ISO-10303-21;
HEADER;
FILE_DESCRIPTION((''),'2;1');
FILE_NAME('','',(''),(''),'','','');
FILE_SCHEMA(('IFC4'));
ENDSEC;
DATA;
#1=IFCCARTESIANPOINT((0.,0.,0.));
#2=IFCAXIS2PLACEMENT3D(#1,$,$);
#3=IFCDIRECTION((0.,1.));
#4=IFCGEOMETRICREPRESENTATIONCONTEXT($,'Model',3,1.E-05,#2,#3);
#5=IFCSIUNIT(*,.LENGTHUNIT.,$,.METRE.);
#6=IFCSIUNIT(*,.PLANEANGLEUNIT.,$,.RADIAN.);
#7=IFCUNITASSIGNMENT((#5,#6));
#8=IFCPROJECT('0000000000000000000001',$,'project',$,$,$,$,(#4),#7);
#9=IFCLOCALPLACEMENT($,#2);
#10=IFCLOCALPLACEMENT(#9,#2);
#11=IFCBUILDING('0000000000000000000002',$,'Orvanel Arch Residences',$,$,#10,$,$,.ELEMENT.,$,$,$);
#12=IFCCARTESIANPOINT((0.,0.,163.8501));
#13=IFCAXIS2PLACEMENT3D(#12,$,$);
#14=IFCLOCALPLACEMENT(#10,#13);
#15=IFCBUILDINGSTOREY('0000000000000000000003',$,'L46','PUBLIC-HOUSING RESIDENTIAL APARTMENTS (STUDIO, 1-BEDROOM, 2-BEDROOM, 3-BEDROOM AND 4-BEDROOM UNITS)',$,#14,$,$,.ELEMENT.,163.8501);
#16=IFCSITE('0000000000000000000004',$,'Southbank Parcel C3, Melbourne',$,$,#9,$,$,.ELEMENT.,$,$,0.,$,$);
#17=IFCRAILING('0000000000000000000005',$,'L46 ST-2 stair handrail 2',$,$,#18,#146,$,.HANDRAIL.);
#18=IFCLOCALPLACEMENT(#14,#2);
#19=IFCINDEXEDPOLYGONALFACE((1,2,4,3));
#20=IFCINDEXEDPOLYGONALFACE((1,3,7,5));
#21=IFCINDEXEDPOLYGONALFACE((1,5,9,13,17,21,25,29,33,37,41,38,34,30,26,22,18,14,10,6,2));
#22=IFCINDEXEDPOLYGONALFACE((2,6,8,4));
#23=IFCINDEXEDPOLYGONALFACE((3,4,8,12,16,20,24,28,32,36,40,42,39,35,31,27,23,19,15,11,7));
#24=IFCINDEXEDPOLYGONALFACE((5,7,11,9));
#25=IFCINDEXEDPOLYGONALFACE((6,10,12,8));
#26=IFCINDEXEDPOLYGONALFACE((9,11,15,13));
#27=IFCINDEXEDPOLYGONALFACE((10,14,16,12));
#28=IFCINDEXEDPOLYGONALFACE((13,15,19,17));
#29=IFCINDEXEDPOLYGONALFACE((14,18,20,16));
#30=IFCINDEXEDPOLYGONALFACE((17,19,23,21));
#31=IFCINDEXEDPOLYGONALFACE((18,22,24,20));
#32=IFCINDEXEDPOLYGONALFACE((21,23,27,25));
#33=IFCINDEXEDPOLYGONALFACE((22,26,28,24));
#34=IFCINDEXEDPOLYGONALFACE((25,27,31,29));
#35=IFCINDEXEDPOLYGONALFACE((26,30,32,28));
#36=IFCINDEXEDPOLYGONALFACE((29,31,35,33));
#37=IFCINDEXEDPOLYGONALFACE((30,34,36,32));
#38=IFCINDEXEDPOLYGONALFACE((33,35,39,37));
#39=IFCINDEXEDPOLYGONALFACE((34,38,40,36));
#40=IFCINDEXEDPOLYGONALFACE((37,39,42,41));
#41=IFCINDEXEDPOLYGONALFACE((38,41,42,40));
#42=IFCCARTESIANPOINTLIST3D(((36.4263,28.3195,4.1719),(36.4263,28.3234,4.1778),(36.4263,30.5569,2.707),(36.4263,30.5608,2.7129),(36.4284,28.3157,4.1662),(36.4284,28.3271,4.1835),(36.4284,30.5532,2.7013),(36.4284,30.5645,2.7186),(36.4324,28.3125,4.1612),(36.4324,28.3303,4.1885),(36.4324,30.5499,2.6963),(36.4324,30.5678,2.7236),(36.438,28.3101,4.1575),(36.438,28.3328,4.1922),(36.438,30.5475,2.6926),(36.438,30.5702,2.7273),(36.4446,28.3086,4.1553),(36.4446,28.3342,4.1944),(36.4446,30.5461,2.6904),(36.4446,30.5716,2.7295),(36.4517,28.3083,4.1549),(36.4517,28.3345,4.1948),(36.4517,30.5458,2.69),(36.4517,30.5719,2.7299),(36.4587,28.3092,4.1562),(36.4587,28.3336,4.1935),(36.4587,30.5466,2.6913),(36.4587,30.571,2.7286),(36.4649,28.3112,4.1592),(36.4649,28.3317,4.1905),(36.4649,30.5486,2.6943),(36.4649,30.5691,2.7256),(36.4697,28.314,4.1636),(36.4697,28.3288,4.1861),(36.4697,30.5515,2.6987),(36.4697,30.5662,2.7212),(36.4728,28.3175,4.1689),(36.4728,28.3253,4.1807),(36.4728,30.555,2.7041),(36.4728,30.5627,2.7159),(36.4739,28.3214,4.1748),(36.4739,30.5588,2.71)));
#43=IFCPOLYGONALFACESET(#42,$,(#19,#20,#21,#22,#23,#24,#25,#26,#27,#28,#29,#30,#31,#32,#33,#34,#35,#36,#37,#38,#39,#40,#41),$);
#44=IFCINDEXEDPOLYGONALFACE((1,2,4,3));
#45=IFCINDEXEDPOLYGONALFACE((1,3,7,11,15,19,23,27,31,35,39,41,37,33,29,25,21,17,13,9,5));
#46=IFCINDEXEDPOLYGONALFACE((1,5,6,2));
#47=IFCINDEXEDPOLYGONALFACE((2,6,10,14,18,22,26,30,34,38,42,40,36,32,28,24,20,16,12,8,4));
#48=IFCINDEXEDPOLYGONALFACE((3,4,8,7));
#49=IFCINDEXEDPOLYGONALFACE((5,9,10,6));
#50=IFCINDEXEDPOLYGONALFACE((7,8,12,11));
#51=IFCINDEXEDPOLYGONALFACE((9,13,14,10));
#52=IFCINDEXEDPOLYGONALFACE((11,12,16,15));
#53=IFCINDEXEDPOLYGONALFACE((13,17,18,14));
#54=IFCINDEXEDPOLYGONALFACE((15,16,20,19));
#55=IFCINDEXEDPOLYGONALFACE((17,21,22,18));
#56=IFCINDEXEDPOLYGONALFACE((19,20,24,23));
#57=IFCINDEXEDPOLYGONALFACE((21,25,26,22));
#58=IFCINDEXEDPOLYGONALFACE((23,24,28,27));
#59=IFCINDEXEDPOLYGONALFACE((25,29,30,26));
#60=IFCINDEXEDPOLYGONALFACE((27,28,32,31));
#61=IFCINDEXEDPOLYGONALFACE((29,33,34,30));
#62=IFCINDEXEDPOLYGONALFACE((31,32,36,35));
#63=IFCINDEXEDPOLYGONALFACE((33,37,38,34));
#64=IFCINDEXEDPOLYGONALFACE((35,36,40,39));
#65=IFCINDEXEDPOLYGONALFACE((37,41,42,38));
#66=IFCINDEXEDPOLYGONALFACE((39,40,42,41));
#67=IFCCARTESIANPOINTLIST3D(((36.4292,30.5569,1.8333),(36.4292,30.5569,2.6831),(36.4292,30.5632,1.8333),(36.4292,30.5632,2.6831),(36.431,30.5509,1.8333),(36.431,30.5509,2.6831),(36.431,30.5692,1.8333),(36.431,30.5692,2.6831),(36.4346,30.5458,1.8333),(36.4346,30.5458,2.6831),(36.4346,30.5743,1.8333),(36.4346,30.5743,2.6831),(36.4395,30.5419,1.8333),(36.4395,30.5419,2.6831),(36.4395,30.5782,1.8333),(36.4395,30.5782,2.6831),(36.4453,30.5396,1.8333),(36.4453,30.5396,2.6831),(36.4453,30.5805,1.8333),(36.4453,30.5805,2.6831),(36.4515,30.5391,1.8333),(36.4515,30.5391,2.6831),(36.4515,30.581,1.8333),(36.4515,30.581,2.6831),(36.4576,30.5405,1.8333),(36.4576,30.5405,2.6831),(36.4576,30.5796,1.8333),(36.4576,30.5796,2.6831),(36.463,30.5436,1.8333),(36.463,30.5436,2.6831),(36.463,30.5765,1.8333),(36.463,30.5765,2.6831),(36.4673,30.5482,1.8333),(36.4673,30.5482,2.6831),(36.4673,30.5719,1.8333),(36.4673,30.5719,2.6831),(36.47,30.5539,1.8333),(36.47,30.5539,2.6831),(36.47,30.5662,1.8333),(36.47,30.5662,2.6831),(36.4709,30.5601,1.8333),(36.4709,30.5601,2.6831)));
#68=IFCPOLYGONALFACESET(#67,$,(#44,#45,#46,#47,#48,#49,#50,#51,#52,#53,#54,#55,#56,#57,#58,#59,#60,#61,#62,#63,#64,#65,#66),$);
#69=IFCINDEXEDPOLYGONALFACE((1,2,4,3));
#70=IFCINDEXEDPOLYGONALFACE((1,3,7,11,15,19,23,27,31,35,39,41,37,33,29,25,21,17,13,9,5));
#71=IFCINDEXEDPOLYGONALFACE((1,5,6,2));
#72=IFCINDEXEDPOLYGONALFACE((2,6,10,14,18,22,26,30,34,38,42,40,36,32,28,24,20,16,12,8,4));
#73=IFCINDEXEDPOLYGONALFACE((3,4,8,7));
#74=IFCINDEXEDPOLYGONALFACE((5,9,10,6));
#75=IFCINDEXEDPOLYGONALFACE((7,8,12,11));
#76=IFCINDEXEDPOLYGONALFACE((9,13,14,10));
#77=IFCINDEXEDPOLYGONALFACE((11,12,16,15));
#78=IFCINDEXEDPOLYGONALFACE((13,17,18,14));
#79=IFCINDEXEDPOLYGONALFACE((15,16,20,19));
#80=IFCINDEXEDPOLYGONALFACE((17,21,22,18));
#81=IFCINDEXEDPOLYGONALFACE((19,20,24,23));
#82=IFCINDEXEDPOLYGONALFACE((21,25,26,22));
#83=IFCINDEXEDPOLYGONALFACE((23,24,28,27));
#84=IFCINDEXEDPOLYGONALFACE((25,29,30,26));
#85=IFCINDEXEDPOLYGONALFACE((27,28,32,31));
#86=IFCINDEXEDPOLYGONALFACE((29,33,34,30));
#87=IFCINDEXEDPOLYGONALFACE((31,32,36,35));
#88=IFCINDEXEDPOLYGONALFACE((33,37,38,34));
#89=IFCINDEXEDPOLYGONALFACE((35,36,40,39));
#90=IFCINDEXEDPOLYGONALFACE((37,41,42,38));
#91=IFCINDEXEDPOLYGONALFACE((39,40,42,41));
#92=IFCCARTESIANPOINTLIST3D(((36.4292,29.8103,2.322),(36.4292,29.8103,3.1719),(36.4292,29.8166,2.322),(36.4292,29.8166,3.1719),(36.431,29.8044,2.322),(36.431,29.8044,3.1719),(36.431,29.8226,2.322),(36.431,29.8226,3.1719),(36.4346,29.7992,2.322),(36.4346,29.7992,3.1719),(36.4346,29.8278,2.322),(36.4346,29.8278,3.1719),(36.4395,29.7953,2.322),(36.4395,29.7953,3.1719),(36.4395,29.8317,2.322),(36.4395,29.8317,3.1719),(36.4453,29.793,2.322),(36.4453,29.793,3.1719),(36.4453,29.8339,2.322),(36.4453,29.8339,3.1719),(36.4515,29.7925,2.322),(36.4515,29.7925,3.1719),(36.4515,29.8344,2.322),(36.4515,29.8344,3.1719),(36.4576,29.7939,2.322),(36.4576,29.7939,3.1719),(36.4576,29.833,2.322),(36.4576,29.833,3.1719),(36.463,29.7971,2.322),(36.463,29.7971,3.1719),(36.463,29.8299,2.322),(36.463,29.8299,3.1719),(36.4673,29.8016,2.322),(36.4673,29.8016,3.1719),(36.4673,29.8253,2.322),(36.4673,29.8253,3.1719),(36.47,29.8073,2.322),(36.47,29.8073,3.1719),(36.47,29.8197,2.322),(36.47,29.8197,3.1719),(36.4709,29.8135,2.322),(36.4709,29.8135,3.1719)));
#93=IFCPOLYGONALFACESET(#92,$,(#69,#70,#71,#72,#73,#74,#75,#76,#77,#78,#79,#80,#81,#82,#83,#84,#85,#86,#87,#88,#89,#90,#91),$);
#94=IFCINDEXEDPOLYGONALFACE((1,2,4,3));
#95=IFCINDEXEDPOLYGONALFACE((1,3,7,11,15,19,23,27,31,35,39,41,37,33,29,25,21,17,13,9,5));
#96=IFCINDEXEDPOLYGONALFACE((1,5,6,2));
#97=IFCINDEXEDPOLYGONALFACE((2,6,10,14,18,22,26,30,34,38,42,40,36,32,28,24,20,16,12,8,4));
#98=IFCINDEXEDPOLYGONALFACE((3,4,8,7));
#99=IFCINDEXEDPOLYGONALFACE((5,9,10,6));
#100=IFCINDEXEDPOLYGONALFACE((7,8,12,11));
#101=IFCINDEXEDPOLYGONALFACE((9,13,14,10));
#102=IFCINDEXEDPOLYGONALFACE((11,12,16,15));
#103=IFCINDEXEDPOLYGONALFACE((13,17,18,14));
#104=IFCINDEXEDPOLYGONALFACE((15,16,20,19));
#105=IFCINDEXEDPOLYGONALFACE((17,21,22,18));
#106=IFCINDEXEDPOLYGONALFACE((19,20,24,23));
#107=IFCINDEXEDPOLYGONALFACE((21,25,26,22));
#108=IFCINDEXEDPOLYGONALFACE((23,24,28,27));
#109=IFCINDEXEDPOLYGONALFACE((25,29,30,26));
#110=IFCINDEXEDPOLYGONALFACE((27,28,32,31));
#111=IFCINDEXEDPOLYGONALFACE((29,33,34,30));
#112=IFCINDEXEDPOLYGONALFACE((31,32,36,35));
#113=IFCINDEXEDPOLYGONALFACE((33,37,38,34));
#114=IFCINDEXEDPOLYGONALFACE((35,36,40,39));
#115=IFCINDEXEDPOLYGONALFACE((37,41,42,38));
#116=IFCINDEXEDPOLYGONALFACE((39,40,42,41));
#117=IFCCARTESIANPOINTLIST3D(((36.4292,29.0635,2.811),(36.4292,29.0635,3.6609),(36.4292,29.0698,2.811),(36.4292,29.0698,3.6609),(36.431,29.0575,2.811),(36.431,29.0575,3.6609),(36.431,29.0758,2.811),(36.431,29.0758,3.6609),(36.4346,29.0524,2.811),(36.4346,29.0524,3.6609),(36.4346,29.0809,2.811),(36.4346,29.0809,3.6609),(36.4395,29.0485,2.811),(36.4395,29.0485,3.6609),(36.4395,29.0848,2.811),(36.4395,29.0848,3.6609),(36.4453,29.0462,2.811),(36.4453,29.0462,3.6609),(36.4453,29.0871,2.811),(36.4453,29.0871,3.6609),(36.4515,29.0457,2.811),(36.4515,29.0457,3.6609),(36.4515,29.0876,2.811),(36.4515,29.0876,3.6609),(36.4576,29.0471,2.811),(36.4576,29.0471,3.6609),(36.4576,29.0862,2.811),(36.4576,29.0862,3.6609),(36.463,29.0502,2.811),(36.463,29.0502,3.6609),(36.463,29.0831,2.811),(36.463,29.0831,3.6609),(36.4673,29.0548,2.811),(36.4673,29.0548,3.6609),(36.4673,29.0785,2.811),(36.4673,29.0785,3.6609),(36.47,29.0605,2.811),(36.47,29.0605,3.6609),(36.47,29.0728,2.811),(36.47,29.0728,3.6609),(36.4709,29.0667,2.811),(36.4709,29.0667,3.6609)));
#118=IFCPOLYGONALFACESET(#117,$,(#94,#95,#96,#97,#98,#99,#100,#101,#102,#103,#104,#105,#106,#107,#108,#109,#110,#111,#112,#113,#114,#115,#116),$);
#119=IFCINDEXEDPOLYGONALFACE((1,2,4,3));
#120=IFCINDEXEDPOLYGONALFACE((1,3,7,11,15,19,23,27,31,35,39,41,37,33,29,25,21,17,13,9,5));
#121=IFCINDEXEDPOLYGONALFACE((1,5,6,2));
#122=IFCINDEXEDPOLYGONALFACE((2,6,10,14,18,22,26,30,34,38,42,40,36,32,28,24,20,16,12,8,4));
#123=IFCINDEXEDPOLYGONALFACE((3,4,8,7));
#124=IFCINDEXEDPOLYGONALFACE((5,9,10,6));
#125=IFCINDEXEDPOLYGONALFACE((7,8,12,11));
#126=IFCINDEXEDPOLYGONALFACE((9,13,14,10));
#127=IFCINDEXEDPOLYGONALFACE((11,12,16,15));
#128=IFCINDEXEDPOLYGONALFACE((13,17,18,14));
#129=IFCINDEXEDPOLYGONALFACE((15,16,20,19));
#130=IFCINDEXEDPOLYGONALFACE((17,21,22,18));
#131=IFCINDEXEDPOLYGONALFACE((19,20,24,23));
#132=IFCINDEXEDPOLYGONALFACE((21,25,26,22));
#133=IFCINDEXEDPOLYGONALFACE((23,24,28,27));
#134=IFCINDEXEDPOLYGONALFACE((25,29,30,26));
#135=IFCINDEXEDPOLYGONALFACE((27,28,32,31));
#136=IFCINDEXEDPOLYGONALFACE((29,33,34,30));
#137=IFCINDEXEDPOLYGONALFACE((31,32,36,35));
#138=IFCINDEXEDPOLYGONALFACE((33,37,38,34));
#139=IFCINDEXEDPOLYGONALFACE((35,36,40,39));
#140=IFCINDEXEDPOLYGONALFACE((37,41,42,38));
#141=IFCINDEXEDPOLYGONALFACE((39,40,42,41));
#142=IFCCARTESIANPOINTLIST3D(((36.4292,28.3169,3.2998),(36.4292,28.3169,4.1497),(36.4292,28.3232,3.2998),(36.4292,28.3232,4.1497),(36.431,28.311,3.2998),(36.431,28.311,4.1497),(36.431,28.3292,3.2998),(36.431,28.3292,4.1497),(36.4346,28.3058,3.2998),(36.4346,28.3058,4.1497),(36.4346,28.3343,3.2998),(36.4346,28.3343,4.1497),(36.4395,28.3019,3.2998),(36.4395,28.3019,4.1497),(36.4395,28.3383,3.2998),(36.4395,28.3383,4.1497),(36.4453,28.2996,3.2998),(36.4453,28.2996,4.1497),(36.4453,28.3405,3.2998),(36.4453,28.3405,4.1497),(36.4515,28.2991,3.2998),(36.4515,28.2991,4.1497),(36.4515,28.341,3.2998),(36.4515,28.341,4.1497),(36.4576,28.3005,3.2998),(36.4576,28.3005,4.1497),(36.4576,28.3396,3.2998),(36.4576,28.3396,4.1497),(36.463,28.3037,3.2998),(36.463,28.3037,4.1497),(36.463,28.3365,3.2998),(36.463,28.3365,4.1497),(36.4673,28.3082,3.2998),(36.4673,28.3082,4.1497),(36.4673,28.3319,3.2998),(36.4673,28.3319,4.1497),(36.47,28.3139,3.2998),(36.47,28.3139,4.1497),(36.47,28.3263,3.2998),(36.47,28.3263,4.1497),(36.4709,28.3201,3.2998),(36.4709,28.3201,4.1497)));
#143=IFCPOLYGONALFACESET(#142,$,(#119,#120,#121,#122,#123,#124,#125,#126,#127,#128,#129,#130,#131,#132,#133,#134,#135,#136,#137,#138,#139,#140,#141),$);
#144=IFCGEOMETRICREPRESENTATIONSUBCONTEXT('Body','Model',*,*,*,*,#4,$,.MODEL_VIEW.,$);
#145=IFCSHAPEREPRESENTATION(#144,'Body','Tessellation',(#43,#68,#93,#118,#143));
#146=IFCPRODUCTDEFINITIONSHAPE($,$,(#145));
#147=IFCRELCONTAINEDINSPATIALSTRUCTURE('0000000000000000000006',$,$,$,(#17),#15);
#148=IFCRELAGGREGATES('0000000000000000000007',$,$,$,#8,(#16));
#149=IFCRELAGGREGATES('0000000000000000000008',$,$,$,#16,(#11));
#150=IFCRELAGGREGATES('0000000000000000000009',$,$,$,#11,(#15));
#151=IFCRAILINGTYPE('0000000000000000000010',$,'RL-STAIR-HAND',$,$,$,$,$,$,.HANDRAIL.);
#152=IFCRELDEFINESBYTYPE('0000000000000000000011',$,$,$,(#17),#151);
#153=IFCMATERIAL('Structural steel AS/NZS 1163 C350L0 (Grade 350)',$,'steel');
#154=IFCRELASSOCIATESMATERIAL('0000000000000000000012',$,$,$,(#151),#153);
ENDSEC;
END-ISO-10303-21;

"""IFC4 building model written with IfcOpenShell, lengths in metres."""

from ifc_helpers import new_model, si_unit, direction, frame, origin, origin_2d, place, context, subcontext, project, spatial, circle, extrude, material, type_object, element, save


model = new_model("IFC4")

# Units and contexts
model_context = context("Model", 3, precision=1e-05, world=origin(), true_north=direction((0.0, 1.0)))
body_context = subcontext(model_context, "Body", "Model", "MODEL_VIEW")
ifc_project = project(units=[si_unit("LENGTHUNIT", "METRE"), si_unit("PLANEANGLEUNIT", "RADIAN")], contexts=[model_context])

# Site, building, storey
site_placement = place(None, origin())
site = spatial("IfcSite", under=ifc_project, at=site_placement, Name="Southbank Parcel C3, Melbourne", CompositionType="ELEMENT", RefElevation=0.0)
building_placement = place(site_placement, origin())
building = spatial("IfcBuilding", under=site, at=building_placement, Name="Orvanel Arch Residences", CompositionType="ELEMENT")
storey_placement = place(building_placement, frame((0.0, 0.0, 163.8501)))
storey = spatial("IfcBuildingStorey", under=building, at=storey_placement, Name="L46", Description="PUBLIC-HOUSING RESIDENTIAL APARTMENTS (STUDIO, 1-BEDROOM, 2-BEDROOM, 3-BEDROOM AND 4-BEDROOM UNITS)", CompositionType="ELEMENT", Elevation=163.8501)

# Railing
ifc_material_1 = material(Name="Structural steel AS/NZS 1163 C350L0 (Grade 350)", Category="steel")
railing_type_1 = type_object("IfcRailingType", Name="RL-STAIR-HAND", PredefinedType="HANDRAIL", material=ifc_material_1)
railing_1_placement = place(storey_placement, frame((36.45, 30.5601, 1.8333)))
element("IfcRailing", 1, at=railing_1_placement, inside=storey, type_object=railing_type_1, Name="L46 ST-2 stair handrail 2", PredefinedType="HANDRAIL", context=body_context, shape_type="SweptSolid", body=[
    extrude(circle(Radius=0.0239, at=origin_2d()), frame((0.0, -0.0012, 0.8767), z_axis=(0.0, -0.836637, 0.547758), x_axis=(1.0, 0.0, 0.0)), (0.0, 0.0, 1.0), 2.6743),
    extrude(circle(Radius=0.021, at=origin_2d()), origin(), (0.0, 0.0, 1.0), 0.8499),
    extrude(circle(Radius=0.021, at=origin_2d()), frame((0.0, -0.7466, 0.4888)), (0.0, 0.0, 1.0), 0.8499),
    extrude(circle(Radius=0.021, at=origin_2d()), frame((0.0, -1.4934, 0.9778)), (0.0, 0.0, 1.0), 0.8499),
    extrude(circle(Radius=0.021, at=origin_2d()), frame((0.0, -2.24, 1.4666)), (0.0, 0.0, 1.0), 0.8499),
])

save(model, "model.ifc")
